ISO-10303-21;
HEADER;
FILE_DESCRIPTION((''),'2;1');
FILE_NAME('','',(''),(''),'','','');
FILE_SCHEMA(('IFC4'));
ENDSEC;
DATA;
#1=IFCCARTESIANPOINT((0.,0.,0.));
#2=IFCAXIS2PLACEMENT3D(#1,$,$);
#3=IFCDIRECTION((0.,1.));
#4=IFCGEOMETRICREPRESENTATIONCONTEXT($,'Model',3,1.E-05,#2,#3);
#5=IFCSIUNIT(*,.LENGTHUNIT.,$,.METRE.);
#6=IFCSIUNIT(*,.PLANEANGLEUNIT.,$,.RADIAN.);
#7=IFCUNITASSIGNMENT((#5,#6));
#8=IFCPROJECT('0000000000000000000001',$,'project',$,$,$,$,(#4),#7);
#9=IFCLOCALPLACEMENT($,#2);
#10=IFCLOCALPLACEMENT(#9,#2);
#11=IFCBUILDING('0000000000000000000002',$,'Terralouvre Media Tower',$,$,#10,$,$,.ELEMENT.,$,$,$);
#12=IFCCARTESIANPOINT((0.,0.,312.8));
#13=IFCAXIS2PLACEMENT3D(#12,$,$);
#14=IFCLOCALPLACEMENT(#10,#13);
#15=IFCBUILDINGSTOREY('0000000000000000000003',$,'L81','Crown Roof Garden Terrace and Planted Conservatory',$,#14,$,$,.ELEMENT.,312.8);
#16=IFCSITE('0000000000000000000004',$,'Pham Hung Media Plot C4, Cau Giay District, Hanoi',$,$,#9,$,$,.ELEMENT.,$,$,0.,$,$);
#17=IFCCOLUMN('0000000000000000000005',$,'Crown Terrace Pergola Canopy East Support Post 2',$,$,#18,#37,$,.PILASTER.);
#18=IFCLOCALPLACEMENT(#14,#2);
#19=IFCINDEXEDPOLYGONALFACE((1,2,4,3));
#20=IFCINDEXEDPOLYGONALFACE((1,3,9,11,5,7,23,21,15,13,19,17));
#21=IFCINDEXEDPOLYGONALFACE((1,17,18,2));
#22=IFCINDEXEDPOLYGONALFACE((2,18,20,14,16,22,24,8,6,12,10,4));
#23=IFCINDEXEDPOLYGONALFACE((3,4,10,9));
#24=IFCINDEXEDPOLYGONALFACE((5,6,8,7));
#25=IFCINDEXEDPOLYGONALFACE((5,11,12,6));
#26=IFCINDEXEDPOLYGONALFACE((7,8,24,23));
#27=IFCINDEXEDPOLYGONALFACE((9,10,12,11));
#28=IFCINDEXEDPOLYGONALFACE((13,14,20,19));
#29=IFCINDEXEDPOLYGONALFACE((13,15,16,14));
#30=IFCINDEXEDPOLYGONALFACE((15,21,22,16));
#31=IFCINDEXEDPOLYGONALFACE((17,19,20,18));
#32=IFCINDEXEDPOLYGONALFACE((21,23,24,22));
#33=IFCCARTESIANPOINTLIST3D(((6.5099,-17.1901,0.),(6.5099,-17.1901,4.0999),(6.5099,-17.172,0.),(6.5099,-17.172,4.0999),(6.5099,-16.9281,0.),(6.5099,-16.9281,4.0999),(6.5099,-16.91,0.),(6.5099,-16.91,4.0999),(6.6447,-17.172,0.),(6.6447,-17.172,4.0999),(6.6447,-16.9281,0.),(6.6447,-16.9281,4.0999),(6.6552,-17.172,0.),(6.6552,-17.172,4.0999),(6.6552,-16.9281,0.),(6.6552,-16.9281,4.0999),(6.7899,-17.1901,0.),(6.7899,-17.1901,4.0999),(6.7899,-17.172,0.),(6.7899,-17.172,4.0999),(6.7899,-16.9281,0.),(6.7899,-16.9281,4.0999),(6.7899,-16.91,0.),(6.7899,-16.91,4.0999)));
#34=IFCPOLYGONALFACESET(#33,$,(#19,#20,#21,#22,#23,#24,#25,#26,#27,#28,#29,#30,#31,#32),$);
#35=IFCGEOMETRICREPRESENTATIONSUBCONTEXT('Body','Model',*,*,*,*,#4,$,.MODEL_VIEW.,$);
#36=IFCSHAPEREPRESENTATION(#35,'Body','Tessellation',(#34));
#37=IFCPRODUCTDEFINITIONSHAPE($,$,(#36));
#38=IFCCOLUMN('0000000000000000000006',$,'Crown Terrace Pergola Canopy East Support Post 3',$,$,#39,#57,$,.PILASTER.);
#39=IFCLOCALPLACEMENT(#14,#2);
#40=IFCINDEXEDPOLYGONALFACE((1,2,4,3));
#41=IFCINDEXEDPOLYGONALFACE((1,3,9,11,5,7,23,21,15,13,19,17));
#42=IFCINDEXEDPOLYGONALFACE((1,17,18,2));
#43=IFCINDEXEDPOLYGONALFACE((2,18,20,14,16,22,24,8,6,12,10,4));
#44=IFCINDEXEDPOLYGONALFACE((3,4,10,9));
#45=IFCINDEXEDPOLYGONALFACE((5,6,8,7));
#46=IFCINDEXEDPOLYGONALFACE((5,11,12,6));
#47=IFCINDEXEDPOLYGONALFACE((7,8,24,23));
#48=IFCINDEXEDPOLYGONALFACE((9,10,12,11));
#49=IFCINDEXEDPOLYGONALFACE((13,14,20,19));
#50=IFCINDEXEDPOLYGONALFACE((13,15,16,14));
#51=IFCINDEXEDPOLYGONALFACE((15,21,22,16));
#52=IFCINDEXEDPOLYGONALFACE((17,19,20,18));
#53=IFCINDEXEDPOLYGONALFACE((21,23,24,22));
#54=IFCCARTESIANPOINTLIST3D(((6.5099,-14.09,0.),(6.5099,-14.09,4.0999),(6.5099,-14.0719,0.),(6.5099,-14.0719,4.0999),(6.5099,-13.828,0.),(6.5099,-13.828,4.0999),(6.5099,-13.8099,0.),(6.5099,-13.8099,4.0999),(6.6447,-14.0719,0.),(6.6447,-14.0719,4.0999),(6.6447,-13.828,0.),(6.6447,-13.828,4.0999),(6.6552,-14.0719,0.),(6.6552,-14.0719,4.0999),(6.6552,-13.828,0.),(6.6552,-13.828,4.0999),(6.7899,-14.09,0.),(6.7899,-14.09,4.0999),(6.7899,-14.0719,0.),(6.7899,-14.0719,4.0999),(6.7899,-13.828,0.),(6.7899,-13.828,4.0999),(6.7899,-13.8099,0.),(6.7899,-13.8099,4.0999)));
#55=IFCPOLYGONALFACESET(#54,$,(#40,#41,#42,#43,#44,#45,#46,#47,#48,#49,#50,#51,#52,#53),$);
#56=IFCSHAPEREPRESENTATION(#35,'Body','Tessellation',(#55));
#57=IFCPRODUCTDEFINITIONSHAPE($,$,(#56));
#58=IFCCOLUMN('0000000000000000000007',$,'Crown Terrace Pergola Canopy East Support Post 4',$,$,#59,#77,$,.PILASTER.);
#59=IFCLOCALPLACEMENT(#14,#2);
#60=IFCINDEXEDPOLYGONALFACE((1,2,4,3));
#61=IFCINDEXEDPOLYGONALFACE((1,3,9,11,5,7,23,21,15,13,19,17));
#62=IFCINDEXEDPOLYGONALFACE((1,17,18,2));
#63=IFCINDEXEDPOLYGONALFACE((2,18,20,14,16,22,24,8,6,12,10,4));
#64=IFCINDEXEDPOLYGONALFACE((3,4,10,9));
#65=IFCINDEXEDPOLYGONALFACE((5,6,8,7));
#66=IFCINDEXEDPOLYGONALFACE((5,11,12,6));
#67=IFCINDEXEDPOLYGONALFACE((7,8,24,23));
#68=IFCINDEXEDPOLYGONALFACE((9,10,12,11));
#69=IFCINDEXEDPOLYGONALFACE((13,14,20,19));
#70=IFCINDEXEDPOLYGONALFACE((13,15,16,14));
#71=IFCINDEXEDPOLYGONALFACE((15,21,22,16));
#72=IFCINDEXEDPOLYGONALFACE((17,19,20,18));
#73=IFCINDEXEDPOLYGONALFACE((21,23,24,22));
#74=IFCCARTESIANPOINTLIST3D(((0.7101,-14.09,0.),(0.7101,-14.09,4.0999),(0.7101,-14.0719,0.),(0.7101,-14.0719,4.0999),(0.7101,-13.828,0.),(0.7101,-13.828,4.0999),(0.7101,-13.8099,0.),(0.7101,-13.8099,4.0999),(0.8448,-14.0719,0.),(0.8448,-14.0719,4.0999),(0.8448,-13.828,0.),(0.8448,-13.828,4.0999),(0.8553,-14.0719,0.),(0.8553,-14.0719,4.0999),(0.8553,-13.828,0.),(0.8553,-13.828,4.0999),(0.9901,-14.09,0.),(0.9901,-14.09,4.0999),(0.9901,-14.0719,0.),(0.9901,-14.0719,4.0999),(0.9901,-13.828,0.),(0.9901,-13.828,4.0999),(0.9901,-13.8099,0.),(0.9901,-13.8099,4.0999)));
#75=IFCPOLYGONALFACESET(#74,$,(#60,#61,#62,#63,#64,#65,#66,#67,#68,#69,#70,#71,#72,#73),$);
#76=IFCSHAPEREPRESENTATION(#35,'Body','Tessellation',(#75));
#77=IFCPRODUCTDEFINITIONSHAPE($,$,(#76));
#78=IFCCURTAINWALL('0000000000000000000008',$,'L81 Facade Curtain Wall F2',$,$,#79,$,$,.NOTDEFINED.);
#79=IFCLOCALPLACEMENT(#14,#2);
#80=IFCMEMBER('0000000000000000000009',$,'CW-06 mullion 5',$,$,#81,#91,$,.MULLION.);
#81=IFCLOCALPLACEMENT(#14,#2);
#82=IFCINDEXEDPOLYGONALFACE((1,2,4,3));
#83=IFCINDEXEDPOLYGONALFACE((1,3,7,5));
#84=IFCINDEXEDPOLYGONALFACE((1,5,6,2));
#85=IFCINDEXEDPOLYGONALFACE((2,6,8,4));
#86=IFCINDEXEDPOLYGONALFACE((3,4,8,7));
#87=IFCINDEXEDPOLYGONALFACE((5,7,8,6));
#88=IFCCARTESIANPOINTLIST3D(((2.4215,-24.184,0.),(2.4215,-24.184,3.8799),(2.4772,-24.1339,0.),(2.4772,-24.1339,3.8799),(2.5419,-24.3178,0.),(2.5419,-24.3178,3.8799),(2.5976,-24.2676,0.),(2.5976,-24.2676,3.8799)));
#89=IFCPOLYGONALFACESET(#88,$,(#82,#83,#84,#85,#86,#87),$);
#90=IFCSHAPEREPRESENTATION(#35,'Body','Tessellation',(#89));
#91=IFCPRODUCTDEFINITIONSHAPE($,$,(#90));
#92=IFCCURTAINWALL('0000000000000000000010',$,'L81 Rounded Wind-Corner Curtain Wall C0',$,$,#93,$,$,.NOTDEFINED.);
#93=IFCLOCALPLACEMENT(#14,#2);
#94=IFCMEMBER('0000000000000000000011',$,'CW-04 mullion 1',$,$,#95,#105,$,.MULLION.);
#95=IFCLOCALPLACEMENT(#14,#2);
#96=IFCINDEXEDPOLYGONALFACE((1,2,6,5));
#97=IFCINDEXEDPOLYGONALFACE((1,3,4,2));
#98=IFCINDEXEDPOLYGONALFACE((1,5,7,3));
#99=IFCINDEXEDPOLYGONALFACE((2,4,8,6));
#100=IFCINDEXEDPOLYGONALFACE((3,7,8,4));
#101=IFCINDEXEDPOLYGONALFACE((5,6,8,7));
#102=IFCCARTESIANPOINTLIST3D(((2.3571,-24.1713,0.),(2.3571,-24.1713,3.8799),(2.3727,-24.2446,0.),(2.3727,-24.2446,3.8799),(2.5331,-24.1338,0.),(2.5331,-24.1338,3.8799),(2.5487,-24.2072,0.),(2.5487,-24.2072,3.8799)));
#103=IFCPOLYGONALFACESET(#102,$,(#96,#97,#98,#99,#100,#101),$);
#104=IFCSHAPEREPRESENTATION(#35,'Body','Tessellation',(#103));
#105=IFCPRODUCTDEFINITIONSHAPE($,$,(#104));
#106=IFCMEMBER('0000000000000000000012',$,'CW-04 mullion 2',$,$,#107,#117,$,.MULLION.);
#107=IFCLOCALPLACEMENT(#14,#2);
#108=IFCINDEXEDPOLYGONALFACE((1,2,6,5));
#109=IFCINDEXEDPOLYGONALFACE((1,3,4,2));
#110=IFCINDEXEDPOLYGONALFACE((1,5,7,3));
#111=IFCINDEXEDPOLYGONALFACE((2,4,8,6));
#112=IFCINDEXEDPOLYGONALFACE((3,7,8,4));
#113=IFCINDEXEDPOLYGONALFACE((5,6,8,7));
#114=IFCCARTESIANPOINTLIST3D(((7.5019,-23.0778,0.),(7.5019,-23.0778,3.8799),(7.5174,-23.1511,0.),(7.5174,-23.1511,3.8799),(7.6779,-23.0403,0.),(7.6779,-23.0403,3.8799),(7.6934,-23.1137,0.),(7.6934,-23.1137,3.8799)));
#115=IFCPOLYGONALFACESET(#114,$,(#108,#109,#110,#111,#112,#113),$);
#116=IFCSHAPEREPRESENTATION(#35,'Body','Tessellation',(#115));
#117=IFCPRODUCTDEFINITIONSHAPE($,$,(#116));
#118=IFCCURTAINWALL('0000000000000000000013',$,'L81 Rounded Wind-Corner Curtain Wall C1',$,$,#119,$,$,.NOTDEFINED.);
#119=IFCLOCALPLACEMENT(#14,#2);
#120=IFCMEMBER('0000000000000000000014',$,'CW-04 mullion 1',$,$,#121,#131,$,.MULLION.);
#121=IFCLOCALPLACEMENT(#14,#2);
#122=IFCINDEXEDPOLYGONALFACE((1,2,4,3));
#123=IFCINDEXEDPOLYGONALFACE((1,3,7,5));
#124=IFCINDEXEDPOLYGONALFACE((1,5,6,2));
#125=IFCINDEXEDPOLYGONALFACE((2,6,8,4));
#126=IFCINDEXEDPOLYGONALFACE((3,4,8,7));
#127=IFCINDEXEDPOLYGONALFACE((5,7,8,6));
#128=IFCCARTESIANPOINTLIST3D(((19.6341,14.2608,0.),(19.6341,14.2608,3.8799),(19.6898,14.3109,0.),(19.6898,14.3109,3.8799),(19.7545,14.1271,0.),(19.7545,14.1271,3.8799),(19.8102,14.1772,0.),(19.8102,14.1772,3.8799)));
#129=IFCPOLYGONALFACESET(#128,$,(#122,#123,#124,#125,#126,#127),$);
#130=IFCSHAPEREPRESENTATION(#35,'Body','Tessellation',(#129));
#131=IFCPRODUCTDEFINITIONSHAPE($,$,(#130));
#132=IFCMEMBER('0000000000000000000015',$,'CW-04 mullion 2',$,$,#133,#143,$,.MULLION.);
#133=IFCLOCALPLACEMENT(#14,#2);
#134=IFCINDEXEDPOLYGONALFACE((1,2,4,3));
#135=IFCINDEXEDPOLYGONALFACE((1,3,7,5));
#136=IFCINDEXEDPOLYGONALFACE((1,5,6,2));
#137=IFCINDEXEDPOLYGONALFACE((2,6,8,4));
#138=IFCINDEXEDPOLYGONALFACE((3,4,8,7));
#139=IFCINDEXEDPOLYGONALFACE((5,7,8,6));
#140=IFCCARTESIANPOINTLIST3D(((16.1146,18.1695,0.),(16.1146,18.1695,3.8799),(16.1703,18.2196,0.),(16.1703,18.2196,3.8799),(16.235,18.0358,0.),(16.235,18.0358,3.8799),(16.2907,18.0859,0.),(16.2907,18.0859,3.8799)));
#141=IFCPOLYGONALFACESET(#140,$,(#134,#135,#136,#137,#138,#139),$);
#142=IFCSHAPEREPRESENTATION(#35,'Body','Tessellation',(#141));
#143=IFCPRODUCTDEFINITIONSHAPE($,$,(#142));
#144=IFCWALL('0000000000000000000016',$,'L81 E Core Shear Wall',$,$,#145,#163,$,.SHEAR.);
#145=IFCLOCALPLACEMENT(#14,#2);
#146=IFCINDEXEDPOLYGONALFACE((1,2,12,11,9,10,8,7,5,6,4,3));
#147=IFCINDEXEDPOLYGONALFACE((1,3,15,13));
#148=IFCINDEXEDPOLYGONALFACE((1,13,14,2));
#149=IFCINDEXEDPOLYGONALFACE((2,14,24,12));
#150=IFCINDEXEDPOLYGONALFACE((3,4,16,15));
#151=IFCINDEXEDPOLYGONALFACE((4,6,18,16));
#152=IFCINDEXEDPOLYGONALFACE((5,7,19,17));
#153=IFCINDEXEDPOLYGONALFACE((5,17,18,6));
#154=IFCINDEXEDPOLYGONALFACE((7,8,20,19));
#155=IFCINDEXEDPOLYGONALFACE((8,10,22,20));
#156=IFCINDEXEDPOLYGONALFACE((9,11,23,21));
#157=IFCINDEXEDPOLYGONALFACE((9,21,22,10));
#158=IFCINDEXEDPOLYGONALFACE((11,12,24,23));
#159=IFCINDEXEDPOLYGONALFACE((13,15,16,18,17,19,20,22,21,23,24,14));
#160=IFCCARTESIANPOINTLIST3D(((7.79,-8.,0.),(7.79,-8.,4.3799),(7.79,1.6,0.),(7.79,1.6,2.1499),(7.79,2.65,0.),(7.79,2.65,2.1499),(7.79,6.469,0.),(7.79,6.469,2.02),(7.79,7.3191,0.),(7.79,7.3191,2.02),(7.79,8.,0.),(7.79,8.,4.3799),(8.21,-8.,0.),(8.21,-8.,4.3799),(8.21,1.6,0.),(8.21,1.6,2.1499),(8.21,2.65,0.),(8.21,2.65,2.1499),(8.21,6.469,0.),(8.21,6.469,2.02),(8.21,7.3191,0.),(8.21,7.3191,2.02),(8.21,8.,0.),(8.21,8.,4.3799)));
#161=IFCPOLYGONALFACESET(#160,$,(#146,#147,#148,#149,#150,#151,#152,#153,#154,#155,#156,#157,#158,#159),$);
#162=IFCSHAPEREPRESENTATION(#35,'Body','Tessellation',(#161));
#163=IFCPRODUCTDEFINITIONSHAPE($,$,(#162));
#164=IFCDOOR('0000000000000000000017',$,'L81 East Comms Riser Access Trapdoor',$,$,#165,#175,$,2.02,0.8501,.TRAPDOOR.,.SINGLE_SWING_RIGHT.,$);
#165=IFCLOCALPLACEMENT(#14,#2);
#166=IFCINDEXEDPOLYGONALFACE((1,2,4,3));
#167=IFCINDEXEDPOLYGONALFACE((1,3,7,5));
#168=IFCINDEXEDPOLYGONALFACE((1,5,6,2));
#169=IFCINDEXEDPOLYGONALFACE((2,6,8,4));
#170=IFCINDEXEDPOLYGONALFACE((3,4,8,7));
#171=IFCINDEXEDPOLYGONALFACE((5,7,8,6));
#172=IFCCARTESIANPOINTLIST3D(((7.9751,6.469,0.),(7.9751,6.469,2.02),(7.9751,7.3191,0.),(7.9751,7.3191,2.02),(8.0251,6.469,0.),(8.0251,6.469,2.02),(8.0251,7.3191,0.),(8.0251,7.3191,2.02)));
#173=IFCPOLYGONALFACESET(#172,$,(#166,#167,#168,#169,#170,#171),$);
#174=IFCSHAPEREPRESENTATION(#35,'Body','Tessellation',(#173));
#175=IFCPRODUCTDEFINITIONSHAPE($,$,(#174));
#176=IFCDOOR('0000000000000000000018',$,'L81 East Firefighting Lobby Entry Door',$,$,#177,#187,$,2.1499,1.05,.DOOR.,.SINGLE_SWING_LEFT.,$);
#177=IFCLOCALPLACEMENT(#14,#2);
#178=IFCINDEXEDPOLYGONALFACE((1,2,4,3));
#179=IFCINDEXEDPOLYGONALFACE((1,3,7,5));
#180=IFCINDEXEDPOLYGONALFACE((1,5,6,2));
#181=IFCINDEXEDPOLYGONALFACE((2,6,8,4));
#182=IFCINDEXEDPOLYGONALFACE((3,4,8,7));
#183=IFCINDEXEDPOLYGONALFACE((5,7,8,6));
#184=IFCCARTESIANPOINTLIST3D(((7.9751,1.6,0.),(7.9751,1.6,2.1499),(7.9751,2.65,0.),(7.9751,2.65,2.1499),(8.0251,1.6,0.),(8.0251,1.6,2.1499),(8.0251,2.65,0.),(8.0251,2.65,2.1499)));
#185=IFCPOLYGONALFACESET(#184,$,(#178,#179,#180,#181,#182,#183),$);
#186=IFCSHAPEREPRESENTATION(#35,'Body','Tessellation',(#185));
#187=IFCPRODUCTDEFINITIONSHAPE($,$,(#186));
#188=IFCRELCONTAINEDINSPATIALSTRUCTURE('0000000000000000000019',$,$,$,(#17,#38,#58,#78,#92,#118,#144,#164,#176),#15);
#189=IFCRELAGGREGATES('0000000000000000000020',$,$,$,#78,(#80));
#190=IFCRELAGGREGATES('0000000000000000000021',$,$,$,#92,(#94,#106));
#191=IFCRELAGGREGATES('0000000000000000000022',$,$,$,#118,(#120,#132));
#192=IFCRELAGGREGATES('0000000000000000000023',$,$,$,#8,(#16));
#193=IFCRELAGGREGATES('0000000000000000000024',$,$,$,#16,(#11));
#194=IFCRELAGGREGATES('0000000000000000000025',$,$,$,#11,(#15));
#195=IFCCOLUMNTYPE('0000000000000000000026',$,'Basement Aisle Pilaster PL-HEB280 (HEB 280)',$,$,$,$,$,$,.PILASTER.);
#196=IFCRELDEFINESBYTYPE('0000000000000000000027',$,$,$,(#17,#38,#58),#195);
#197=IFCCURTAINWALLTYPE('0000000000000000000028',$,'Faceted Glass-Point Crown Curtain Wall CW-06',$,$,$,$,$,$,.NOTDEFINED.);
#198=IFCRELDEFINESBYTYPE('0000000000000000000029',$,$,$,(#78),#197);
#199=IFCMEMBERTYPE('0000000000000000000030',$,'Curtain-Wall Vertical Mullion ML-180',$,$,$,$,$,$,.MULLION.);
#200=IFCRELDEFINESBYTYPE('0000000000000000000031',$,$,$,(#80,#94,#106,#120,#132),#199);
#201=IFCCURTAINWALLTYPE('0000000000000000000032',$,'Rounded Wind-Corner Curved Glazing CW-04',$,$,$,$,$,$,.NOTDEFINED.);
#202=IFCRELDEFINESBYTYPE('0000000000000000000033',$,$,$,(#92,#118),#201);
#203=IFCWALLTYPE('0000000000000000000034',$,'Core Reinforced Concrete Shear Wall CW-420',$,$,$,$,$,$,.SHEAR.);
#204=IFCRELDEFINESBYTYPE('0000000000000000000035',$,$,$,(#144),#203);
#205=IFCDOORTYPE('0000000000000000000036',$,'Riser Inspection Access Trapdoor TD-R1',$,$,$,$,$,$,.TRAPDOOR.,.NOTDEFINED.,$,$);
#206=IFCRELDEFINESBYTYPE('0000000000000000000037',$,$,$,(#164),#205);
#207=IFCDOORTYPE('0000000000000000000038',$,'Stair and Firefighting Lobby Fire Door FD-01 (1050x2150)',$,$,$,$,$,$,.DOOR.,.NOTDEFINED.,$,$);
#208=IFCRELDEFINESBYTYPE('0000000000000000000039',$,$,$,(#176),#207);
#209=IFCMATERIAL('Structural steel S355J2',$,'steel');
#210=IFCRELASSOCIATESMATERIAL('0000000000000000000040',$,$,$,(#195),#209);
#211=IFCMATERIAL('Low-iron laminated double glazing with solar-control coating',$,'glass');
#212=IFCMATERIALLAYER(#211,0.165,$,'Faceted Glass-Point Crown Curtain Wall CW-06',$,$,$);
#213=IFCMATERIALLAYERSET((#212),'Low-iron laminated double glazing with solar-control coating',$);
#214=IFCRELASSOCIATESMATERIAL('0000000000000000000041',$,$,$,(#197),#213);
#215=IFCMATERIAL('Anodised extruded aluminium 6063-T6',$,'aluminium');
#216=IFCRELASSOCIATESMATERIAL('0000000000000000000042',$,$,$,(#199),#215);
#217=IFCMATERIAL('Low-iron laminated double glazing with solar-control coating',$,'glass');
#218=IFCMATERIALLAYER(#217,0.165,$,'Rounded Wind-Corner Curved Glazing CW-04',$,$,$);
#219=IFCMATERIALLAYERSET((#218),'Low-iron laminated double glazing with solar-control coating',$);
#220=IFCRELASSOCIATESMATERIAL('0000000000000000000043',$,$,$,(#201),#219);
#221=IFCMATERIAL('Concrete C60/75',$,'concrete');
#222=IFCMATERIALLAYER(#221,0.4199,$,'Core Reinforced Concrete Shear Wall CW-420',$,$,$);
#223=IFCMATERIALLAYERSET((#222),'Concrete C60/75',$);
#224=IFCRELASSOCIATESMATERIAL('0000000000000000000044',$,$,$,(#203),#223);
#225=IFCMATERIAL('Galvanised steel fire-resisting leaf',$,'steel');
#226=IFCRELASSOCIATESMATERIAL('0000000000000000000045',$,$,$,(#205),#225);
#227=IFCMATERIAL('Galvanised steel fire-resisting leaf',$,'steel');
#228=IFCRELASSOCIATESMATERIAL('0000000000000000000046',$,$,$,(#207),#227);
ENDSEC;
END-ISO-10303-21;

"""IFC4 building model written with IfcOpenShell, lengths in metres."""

from ifc_helpers import new_model, si_unit, direction, frame, frame_2d, origin, origin_2d, place, context, subcontext, project, spatial, rectangle, i_section, extrude, material, layer, layer_set, material_profile, profile_set, type_object, element, fill, aggregate, save


model = new_model("IFC4")

# Units and contexts
model_context = context("Model", 3, precision=1e-05, world=origin(), true_north=direction((0.0, 1.0)))
body_context = subcontext(model_context, "Body", "Model", "MODEL_VIEW")
ifc_project = project(units=[si_unit("LENGTHUNIT", "METRE"), si_unit("PLANEANGLEUNIT", "RADIAN")], contexts=[model_context])

# Site, building, storey
site_placement = place(None, origin())
site = spatial("IfcSite", under=ifc_project, at=site_placement, Name="Pham Hung Media Plot C4, Cau Giay District, Hanoi", CompositionType="ELEMENT", RefElevation=0.0)
building_placement = place(site_placement, origin())
building = spatial("IfcBuilding", under=site, at=building_placement, Name="Terralouvre Media Tower", CompositionType="ELEMENT")
storey_placement = place(building_placement, frame((0.0, 0.0, 312.8)))
storey = spatial("IfcBuildingStorey", under=building, at=storey_placement, Name="L81", Description="Crown Roof Garden Terrace and Planted Conservatory", CompositionType="ELEMENT", Elevation=312.8)

# Columns
ifc_material_1 = material(Name="Structural steel S355J2", Category="steel")
ifc_material_profile_1 = material_profile(ifc_material_1, i_section(OverallWidth=0.28, OverallDepth=0.28, WebThickness=0.0105, FlangeThickness=0.0181, at=origin_2d()), Name="HEB 280")
ifc_profile_set_1 = profile_set([ifc_material_profile_1], Name="Structural steel S355J2")
column_type = type_object("IfcColumnType", Name="Basement Aisle Pilaster PL-HEB280 (HEB 280)", PredefinedType="PILASTER", material=ifc_profile_set_1)
for number, where, z_axis, x_axis, name in (
    (1, (6.6499, -17.05, 0.0), (0.0, 0.0, 1.0), (1.0, 0.0, 0.0), "Crown Terrace Pergola Canopy East Support Post 2"),
    (2, (6.6499, -13.95, 0.0), (0.0, 0.0, 1.0), (1.0, 0.0, 0.0), "Crown Terrace Pergola Canopy East Support Post 3"),
    (3, (0.8501, -13.95, 0.0), (0.0, 0.0, 1.0), (1.0, 0.0, 0.0), "Crown Terrace Pergola Canopy East Support Post 4"),
):
    element("IfcColumn", number, at=place(storey_placement, frame(where, z_axis=z_axis, x_axis=x_axis)), inside=storey, type_object=column_type, Name=name, PredefinedType="PILASTER", context=body_context, shape_type="SweptSolid", body=[
        extrude(i_section(OverallWidth=0.28, OverallDepth=0.28, WebThickness=0.0105, FlangeThickness=0.0181, at=origin_2d()), origin(), (0.0, 0.0, 1.0), 4.0999),
    ])

# Curtain wall, member
ifc_material_2 = material(Name="Low-iron laminated double glazing with solar-control coating", Category="glass")
ifc_layer_1 = layer(ifc_material_2, 0.165, Name="Faceted Glass-Point Crown Curtain Wall CW-06")
ifc_layer_set_1 = layer_set([ifc_layer_1], Name="Low-iron laminated double glazing with solar-control coating")
curtain_wall_type_1 = type_object("IfcCurtainWallType", Name="Faceted Glass-Point Crown Curtain Wall CW-06", PredefinedType="NOTDEFINED", material=ifc_layer_set_1)
curtain_wall_1_placement = place(storey_placement, origin())
curtain_wall_1 = element("IfcCurtainWall", 4, at=curtain_wall_1_placement, inside=storey, type_object=curtain_wall_type_1, Name="L81 Facade Curtain Wall F2", PredefinedType="NOTDEFINED")
ifc_material_3 = material(Name="Anodised extruded aluminium 6063-T6", Category="aluminium")
ifc_material_profile_2 = material_profile(ifc_material_3, rectangle(XDim=0.075, YDim=0.1799, at=origin_2d()), Name="ALU 75x180")
ifc_profile_set_2 = profile_set([ifc_material_profile_2], Name="Anodised extruded aluminium 6063-T6")
member_type = type_object("IfcMemberType", Name="Curtain-Wall Vertical Mullion ML-180", PredefinedType="MULLION", material=ifc_profile_set_2)
member_1_placement = place(storey_placement, frame((2.5095, -24.2258, 0.0), z_axis=(0.0, 0.0, 1.0), x_axis=(0.743145, 0.669131, 0.0)))
member_1 = element("IfcMember", 5, at=member_1_placement, type_object=member_type, Name="CW-06 mullion 5", PredefinedType="MULLION", context=body_context, shape_type="SweptSolid", body=[
    extrude(rectangle(XDim=0.075, YDim=0.1799, at=origin_2d()), origin(), (0.0, 0.0, 1.0), 3.8799),
])
aggregate(curtain_wall_1, [member_1])

# Curtain walls, members
ifc_material_4 = material(Name="Low-iron laminated double glazing with solar-control coating", Category="glass")
ifc_layer_2 = layer(ifc_material_4, 0.165, Name="Rounded Wind-Corner Curved Glazing CW-04")
ifc_layer_set_2 = layer_set([ifc_layer_2], Name="Low-iron laminated double glazing with solar-control coating")
curtain_wall_type_2 = type_object("IfcCurtainWallType", Name="Rounded Wind-Corner Curved Glazing CW-04", PredefinedType="NOTDEFINED", material=ifc_layer_set_2)
curtain_wall_2_placement = place(storey_placement, origin())
curtain_wall_2 = element("IfcCurtainWall", 6, at=curtain_wall_2_placement, inside=storey, type_object=curtain_wall_type_2, Name="L81 Rounded Wind-Corner Curtain Wall C0", PredefinedType="NOTDEFINED")
member_2_placement = place(storey_placement, frame((2.4529, -24.1892, 0.0), z_axis=(0.0, 0.0, 1.0), x_axis=(-0.207912, 0.978148, 0.0)))
member_2 = element("IfcMember", 7, at=member_2_placement, type_object=member_type, Name="CW-04 mullion 1", PredefinedType="MULLION", context=body_context, shape_type="SweptSolid", body=[
    extrude(rectangle(XDim=0.075, YDim=0.1799, at=origin_2d()), origin(), (0.0, 0.0, 1.0), 3.8799),
])
member_3_placement = place(storey_placement, frame((7.5977, -23.0957, 0.0), z_axis=(0.0, 0.0, 1.0), x_axis=(-0.207912, 0.978148, 0.0)))
member_3 = element("IfcMember", 8, at=member_3_placement, type_object=member_type, Name="CW-04 mullion 2", PredefinedType="MULLION", context=body_context, shape_type="SweptSolid", body=[
    extrude(rectangle(XDim=0.075, YDim=0.1799, at=origin_2d()), origin(), (0.0, 0.0, 1.0), 3.8799),
])
aggregate(curtain_wall_2, [member_2, member_3])
curtain_wall_3_placement = place(storey_placement, origin())
curtain_wall_3 = element("IfcCurtainWall", 9, at=curtain_wall_3_placement, inside=storey, type_object=curtain_wall_type_2, Name="L81 Rounded Wind-Corner Curtain Wall C1", PredefinedType="NOTDEFINED")
member_4_placement = place(storey_placement, frame((19.7222, 14.219, 0.0), z_axis=(0.0, 0.0, 1.0), x_axis=(-0.743144, -0.669131, 0.0)))
member_4 = element("IfcMember", 10, at=member_4_placement, type_object=member_type, Name="CW-04 mullion 1", PredefinedType="MULLION", context=body_context, shape_type="SweptSolid", body=[
    extrude(rectangle(XDim=0.075, YDim=0.1799, at=origin_2d()), origin(), (0.0, 0.0, 1.0), 3.8799),
])
member_5_placement = place(storey_placement, frame((16.2026, 18.1277, 0.0), z_axis=(0.0, 0.0, 1.0), x_axis=(-0.743144, -0.669131, 0.0)))
member_5 = element("IfcMember", 11, at=member_5_placement, type_object=member_type, Name="CW-04 mullion 2", PredefinedType="MULLION", context=body_context, shape_type="SweptSolid", body=[
    extrude(rectangle(XDim=0.075, YDim=0.1799, at=origin_2d()), origin(), (0.0, 0.0, 1.0), 3.8799),
])
aggregate(curtain_wall_3, [member_4, member_5])

# Wall, openings, doors
ifc_material_5 = material(Name="Concrete C60/75", Category="concrete")
ifc_layer_3 = layer(ifc_material_5, 0.4199, Name="Core Reinforced Concrete Shear Wall CW-420")
ifc_layer_set_3 = layer_set([ifc_layer_3], Name="Concrete C60/75")
wall_type = type_object("IfcWallType", Name="Core Reinforced Concrete Shear Wall CW-420", PredefinedType="SHEAR", material=ifc_layer_set_3)
wall_placement = place(storey_placement, frame((8.0, -8.0, 0.0), z_axis=(0.0, 0.0, 1.0), x_axis=(0.0, 1.0, 0.0)))
wall = element("IfcWall", 12, at=wall_placement, inside=storey, type_object=wall_type, Name="L81 E Core Shear Wall", PredefinedType="SHEAR", context=body_context, shape_type="SweptSolid", body=[
    extrude(rectangle(XDim=16.0, YDim=0.4199, at=frame_2d((8.0, 0.0))), origin(), (0.0, 0.0, 1.0), 4.3799),
])
opening_1_placement = place(wall_placement, frame((9.6001, 0.0, 0.0)))
opening_1 = element("IfcOpeningElement", 13, at=opening_1_placement, cuts=wall, PredefinedType="OPENING", context=body_context, shape_type="SweptSolid", body=[
    extrude(rectangle(XDim=1.05, YDim=2.1499, at=frame_2d((0.5249, 1.075))), frame((0.0, 0.22, 0.0), z_axis=(0.0, -1.0, 0.0), x_axis=(1.0, 0.0, 0.0)), (0.0, 0.0, 1.0), 0.4399),
])
opening_2_placement = place(wall_placement, frame((14.469, 0.0, 0.0)))
opening_2 = element("IfcOpeningElement", 14, at=opening_2_placement, cuts=wall, PredefinedType="OPENING", context=body_context, shape_type="SweptSolid", body=[
    extrude(rectangle(XDim=0.8501, YDim=2.02, at=frame_2d((0.425, 1.01))), frame((0.0, 0.22, 0.0), z_axis=(0.0, -1.0, 0.0), x_axis=(1.0, 0.0, 0.0)), (0.0, 0.0, 1.0), 0.4399),
])
ifc_material_6 = material(Name="Galvanised steel fire-resisting leaf", Category="steel")
door_type_1 = type_object("IfcDoorType", Name="Riser Inspection Access Trapdoor TD-R1", OperationType="NOTDEFINED", PredefinedType="TRAPDOOR", material=ifc_material_6)
door_1_placement = place(opening_2_placement, origin())
door_1 = element("IfcDoor", 15, at=door_1_placement, inside=storey, type_object=door_type_1, Name="L81 East Comms Riser Access Trapdoor", OperationType="SINGLE_SWING_RIGHT", OverallHeight=2.02, OverallWidth=0.8501, PredefinedType="TRAPDOOR", context=body_context, shape_type="SweptSolid", body=[
    extrude(rectangle(XDim=0.8501, YDim=2.02, at=frame_2d((0.425, 1.01))), frame((0.0, 0.0249, 0.0), z_axis=(0.0, -1.0, 0.0), x_axis=(1.0, 0.0, 0.0)), (0.0, 0.0, 1.0), 0.05),
])
fill(opening_2, door_1)
ifc_material_7 = material(Name="Galvanised steel fire-resisting leaf", Category="steel")
door_type_2 = type_object("IfcDoorType", Name="Stair and Firefighting Lobby Fire Door FD-01 (1050x2150)", OperationType="NOTDEFINED", PredefinedType="DOOR", material=ifc_material_7)
door_2_placement = place(opening_1_placement, origin())
door_2 = element("IfcDoor", 16, at=door_2_placement, inside=storey, type_object=door_type_2, Name="L81 East Firefighting Lobby Entry Door", OperationType="SINGLE_SWING_LEFT", OverallHeight=2.1499, OverallWidth=1.05, PredefinedType="DOOR", context=body_context, shape_type="SweptSolid", body=[
    extrude(rectangle(XDim=1.05, YDim=2.1499, at=frame_2d((0.5249, 1.075))), frame((0.0, 0.0249, 0.0), z_axis=(0.0, -1.0, 0.0), x_axis=(1.0, 0.0, 0.0)), (0.0, 0.0, 1.0), 0.05),
])
fill(opening_1, door_2)

save(model, "model.ifc")
